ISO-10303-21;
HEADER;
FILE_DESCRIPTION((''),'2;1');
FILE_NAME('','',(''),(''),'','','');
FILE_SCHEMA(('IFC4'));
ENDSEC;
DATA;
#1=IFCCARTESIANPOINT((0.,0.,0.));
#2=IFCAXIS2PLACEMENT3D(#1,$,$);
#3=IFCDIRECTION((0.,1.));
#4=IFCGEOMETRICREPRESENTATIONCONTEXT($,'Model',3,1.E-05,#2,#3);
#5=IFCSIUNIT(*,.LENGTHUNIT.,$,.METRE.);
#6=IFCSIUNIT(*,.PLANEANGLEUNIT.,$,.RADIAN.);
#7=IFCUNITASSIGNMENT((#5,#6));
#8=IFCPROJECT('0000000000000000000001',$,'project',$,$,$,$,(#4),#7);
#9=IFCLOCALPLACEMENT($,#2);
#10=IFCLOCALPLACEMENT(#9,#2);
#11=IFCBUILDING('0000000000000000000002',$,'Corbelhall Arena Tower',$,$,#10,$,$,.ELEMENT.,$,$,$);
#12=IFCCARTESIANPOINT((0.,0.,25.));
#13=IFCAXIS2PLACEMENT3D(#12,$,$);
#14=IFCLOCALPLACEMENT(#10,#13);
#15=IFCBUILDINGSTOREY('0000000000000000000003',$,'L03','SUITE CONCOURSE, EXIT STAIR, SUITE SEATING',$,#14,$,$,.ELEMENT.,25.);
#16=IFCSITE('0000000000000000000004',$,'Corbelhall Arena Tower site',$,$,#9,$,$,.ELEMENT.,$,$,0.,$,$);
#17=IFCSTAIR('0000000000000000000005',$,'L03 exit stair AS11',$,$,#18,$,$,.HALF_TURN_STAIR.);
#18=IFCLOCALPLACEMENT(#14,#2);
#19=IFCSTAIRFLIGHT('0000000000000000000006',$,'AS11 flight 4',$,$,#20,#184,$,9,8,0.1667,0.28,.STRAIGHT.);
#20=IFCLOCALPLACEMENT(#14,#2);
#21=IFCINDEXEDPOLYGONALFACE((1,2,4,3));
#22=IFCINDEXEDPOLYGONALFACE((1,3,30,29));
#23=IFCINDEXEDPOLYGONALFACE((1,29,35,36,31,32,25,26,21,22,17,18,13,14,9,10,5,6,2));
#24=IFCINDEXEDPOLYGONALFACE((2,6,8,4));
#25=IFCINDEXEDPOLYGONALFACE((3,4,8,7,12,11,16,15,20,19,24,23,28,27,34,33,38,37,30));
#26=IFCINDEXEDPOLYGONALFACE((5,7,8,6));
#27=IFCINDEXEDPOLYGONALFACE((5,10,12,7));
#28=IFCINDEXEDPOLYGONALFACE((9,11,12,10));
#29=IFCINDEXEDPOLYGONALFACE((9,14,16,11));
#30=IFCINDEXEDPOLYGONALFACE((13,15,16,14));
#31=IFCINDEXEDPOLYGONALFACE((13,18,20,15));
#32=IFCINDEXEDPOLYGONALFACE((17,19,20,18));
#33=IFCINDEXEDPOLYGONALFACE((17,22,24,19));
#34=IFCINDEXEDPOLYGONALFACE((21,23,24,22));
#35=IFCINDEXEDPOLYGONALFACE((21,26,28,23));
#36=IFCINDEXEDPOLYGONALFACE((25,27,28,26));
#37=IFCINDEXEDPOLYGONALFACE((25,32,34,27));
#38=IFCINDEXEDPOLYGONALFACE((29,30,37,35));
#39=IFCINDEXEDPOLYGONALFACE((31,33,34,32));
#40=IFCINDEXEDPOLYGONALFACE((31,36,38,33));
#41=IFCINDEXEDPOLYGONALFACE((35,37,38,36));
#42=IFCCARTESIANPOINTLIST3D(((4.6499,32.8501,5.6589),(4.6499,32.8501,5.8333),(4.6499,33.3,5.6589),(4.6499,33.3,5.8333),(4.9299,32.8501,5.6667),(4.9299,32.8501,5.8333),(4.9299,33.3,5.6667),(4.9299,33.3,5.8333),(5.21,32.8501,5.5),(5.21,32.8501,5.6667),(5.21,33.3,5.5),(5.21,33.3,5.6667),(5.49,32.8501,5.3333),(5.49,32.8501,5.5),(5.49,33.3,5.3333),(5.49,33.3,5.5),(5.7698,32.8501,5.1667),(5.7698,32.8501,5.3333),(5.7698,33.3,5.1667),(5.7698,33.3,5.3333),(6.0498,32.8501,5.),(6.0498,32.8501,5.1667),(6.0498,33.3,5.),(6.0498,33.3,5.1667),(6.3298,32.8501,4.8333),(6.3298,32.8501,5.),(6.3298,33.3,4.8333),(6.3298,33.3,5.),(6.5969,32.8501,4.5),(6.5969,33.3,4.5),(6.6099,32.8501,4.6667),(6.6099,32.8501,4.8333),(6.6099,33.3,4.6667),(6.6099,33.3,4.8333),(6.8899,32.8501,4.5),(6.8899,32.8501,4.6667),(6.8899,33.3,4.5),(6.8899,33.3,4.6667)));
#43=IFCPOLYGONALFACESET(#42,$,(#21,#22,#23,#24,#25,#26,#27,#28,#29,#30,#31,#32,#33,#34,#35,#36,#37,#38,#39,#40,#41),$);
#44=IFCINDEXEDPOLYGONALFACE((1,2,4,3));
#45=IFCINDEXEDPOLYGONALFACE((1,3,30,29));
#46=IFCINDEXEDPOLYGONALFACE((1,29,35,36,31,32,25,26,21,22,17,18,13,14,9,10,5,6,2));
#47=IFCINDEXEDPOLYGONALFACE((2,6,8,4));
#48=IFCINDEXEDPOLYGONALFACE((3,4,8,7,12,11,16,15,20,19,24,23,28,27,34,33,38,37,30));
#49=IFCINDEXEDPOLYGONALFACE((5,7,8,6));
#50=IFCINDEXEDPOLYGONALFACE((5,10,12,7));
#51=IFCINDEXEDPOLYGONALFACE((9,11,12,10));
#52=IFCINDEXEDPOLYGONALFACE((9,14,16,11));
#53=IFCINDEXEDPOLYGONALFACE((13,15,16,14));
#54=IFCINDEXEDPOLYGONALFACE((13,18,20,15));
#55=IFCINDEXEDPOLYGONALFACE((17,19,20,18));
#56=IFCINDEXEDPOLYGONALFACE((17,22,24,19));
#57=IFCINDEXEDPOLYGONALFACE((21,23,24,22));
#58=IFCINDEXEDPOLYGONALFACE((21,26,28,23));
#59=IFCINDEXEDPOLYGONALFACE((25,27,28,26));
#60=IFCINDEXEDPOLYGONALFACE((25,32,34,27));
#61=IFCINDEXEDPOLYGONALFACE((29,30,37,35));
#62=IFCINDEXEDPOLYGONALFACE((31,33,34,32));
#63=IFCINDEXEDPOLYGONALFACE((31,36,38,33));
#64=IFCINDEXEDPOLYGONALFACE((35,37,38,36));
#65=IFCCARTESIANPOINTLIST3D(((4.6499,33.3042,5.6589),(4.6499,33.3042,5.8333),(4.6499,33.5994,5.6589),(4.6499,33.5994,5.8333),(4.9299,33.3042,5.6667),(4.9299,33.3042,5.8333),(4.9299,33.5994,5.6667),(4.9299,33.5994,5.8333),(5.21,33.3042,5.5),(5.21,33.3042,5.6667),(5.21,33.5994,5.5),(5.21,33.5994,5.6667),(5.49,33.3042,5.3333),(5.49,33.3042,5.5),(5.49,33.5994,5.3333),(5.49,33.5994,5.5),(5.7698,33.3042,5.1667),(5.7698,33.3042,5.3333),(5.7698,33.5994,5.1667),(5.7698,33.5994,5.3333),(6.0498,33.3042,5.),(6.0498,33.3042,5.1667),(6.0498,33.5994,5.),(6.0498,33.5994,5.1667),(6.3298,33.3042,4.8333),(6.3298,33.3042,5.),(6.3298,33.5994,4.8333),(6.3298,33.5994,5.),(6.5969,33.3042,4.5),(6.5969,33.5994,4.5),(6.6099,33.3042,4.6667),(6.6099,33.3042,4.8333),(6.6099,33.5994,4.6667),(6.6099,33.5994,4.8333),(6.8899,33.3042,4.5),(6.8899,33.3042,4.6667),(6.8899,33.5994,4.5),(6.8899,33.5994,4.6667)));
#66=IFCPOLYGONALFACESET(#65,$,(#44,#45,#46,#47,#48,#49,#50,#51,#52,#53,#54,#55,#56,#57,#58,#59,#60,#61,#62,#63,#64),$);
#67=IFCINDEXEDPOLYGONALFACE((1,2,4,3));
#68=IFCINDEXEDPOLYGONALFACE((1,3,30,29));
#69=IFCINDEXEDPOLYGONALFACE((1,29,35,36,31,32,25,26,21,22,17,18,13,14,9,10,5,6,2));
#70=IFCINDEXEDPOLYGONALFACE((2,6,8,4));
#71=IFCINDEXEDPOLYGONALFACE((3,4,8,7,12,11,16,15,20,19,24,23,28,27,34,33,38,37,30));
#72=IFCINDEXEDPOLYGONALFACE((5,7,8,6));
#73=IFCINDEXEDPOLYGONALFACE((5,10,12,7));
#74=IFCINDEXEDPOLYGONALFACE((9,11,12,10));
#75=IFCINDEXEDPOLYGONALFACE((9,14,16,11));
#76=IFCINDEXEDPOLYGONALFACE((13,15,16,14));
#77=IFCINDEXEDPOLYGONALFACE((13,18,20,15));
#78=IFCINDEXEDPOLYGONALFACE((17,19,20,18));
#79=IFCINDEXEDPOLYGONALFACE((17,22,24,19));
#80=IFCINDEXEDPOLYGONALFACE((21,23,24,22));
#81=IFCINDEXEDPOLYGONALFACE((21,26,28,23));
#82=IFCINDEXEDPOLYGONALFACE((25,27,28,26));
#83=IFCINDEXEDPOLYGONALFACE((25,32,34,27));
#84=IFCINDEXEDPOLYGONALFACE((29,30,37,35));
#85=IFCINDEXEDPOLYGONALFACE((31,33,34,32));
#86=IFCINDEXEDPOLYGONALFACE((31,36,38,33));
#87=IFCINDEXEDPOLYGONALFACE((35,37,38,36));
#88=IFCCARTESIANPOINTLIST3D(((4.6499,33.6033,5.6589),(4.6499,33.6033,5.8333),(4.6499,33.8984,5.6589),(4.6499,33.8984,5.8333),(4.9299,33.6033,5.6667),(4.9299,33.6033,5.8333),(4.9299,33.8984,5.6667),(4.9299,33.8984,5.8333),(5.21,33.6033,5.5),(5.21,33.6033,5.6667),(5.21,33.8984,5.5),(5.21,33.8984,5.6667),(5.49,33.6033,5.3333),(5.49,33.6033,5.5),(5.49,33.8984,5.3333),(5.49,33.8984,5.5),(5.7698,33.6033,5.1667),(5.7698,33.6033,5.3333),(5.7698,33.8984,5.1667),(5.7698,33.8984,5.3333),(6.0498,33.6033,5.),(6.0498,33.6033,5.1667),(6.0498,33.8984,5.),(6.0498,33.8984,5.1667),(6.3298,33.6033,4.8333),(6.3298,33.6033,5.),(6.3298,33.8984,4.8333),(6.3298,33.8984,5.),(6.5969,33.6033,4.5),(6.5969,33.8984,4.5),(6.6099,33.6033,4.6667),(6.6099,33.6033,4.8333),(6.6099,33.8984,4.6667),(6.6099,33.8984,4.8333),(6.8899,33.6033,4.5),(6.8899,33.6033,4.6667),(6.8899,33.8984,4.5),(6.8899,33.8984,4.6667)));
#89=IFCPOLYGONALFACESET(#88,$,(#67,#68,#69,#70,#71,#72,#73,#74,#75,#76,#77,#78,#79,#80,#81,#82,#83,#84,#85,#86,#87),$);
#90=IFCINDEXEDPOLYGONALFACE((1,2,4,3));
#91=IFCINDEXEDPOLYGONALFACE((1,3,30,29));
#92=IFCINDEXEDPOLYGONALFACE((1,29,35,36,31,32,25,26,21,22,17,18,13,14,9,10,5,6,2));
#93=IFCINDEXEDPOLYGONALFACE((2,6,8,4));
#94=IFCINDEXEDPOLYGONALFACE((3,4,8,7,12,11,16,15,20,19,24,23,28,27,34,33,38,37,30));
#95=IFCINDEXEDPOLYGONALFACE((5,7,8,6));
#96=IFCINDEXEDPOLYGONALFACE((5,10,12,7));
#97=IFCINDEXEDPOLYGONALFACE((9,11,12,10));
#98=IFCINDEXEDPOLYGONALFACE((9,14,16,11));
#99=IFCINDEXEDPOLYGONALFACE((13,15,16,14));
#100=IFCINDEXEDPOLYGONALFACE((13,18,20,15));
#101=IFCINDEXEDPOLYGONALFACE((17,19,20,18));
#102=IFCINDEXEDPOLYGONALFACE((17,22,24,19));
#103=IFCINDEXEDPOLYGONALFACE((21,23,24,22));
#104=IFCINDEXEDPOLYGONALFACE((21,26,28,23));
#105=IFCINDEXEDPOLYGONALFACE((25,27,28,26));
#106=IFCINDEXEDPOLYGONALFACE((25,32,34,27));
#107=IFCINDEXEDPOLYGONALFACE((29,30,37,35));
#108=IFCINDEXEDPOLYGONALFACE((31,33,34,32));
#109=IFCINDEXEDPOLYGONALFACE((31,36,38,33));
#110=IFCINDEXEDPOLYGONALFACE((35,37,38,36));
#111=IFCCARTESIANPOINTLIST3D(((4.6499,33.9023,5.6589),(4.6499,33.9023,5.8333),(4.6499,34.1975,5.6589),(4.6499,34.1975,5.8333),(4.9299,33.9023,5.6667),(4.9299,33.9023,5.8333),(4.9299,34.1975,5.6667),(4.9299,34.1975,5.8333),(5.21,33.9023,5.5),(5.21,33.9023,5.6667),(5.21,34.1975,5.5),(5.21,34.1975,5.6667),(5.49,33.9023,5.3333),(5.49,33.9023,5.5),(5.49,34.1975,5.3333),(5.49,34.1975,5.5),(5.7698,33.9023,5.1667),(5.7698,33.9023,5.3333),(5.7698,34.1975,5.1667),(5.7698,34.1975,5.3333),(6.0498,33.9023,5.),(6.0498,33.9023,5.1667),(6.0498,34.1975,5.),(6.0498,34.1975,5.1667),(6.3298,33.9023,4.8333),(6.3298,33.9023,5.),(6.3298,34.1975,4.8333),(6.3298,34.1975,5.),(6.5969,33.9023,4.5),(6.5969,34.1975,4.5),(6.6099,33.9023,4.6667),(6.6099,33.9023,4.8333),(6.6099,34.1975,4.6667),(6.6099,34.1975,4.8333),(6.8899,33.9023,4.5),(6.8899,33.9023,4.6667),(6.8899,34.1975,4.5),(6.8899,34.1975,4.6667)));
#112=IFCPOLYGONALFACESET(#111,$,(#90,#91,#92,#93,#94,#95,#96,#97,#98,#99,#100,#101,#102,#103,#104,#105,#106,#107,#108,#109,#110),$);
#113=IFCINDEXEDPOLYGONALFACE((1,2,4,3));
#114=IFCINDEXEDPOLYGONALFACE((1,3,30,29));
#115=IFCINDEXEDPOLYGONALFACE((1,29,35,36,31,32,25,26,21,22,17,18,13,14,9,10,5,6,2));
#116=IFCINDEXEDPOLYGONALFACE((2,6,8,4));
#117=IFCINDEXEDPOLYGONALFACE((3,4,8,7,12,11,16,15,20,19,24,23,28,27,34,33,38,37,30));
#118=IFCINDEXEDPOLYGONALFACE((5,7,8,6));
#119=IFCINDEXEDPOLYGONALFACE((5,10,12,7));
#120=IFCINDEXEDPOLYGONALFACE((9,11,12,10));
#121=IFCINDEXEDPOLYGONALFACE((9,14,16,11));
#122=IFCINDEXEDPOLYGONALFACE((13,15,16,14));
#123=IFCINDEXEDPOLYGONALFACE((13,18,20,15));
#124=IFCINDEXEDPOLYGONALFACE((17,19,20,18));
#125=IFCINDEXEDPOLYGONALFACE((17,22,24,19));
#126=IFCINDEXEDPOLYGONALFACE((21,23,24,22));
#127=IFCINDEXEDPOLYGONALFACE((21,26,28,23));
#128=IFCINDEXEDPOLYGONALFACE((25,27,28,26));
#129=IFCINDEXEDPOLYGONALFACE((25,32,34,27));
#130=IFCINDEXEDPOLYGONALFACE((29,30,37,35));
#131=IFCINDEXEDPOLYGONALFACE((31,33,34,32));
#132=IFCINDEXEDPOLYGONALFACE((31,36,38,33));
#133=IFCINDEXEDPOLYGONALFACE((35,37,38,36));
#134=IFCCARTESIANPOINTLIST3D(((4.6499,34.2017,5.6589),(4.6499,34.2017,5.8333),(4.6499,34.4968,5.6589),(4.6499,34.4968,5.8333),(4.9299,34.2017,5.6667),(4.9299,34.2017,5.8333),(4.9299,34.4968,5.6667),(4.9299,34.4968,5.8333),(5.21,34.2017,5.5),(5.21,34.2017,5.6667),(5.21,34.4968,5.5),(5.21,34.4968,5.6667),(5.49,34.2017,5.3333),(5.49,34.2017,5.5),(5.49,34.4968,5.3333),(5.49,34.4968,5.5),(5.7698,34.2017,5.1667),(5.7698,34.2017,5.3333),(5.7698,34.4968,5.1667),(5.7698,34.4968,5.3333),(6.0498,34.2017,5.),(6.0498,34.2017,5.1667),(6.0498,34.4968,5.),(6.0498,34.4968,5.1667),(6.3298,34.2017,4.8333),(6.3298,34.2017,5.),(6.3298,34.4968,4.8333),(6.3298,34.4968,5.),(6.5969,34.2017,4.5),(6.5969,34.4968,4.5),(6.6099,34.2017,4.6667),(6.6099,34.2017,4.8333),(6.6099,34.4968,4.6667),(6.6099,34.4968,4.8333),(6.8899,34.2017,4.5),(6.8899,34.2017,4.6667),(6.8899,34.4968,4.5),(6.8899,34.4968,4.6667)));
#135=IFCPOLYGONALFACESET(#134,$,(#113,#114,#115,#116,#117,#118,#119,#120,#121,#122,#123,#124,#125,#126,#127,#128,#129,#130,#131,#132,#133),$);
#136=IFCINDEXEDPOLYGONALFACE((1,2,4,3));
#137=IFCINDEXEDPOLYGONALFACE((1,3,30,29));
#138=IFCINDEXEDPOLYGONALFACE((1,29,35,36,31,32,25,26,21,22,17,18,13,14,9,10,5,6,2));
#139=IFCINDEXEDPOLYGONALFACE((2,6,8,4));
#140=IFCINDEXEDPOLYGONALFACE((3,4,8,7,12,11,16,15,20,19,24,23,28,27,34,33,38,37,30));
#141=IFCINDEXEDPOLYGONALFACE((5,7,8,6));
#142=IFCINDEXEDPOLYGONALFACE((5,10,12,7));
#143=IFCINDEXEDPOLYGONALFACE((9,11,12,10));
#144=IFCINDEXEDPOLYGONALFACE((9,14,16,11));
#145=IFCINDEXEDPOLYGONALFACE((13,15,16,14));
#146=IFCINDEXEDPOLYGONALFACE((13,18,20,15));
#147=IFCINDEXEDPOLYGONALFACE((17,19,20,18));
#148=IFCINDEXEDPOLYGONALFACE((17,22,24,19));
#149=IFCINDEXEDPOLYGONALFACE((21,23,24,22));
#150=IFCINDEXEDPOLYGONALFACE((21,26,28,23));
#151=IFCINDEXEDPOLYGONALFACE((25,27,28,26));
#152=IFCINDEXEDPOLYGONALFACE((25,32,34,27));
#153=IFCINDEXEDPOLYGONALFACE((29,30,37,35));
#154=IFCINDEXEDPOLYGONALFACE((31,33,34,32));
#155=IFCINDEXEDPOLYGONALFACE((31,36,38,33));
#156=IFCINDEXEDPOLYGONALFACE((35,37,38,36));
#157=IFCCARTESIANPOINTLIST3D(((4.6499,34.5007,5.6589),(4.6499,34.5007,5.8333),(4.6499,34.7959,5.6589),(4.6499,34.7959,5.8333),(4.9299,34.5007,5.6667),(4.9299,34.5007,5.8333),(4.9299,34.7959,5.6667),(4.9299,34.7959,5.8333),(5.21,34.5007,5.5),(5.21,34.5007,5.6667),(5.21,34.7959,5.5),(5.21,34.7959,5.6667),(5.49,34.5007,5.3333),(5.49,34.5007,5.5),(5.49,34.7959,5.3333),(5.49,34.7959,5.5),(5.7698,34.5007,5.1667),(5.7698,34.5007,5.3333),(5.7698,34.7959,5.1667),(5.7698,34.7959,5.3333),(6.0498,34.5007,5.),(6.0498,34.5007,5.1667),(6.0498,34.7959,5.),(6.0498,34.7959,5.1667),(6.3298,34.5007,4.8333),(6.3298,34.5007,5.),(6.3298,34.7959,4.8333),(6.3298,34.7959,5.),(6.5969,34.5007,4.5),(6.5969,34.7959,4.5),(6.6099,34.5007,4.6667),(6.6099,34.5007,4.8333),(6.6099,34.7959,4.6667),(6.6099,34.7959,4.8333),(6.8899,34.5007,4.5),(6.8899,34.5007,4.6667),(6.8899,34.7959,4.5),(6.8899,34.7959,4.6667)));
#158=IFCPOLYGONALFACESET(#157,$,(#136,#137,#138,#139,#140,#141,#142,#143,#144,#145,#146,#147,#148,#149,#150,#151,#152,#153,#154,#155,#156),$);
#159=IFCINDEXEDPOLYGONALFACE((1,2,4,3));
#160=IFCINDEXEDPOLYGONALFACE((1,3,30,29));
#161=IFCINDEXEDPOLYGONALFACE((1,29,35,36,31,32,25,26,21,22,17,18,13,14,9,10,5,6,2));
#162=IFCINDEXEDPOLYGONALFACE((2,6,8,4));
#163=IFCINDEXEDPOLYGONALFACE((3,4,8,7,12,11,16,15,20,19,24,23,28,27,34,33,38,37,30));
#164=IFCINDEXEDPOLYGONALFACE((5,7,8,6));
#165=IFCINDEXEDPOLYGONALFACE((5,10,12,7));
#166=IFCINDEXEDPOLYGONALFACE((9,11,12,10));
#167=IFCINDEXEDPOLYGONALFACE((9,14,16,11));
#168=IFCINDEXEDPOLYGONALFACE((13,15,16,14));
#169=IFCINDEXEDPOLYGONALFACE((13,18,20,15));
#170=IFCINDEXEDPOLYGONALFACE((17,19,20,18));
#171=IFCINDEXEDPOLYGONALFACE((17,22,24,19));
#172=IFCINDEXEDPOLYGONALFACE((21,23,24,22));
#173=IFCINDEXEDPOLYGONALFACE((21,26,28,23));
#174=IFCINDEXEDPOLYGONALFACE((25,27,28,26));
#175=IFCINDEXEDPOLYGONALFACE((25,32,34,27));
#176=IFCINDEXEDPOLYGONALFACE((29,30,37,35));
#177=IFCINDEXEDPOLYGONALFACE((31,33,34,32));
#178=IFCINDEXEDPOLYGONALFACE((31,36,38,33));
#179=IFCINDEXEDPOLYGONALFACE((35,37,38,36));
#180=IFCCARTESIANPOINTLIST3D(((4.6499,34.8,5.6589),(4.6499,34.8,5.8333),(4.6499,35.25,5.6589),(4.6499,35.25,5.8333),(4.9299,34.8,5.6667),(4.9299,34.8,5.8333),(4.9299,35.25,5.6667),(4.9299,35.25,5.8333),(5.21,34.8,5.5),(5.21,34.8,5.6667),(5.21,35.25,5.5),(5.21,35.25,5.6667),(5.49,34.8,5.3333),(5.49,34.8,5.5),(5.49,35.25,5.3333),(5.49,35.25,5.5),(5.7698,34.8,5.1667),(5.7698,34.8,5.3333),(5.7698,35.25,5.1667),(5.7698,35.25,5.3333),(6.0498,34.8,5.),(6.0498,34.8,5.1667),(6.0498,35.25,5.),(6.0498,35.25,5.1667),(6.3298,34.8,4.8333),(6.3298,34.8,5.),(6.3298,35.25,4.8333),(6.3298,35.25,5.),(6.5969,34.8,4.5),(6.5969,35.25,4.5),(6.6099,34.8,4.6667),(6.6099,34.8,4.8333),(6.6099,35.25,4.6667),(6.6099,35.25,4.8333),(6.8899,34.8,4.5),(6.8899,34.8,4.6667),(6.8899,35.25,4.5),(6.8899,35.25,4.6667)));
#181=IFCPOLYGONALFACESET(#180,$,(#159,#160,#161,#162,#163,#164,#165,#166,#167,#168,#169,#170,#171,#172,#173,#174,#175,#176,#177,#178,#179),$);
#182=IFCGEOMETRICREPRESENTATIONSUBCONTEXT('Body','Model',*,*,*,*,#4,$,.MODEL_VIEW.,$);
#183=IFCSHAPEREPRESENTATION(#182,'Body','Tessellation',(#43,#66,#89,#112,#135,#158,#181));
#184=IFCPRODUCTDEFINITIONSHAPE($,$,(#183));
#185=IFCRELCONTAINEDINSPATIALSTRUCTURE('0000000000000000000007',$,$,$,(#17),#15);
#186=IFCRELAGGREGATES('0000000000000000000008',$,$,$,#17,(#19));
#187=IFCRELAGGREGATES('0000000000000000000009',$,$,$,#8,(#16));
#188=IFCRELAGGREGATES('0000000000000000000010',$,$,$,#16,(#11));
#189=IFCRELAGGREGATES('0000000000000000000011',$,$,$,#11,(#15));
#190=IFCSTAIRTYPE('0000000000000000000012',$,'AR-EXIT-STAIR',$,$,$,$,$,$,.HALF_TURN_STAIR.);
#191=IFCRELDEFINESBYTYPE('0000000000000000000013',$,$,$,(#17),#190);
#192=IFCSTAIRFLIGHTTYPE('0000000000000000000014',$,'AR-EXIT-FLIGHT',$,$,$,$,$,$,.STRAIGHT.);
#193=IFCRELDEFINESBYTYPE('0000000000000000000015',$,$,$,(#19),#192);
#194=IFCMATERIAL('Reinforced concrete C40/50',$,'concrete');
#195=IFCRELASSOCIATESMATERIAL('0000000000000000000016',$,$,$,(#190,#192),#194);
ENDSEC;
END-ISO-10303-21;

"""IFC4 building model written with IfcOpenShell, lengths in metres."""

from ifc_helpers import new_model, si_unit, direction, frame, origin, place, context, subcontext, project, spatial, polyline, outline, extrude, material, type_object, element, aggregate, save


model = new_model("IFC4")

# Units and contexts
model_context = context("Model", 3, precision=1e-05, world=origin(), true_north=direction((0.0, 1.0)))
body_context = subcontext(model_context, "Body", "Model", "MODEL_VIEW")
ifc_project = project(units=[si_unit("LENGTHUNIT", "METRE"), si_unit("PLANEANGLEUNIT", "RADIAN")], contexts=[model_context])

# Site, building, storey
site_placement = place(None, origin())
site = spatial("IfcSite", under=ifc_project, at=site_placement, Name="Corbelhall Arena Tower site", CompositionType="ELEMENT", RefElevation=0.0)
building_placement = place(site_placement, origin())
building = spatial("IfcBuilding", under=site, at=building_placement, Name="Corbelhall Arena Tower", CompositionType="ELEMENT")
storey_placement = place(building_placement, frame((0.0, 0.0, 25.0)))
storey = spatial("IfcBuildingStorey", under=building, at=storey_placement, Name="L03", Description="SUITE CONCOURSE, EXIT STAIR, SUITE SEATING", CompositionType="ELEMENT", Elevation=25.0)

# Shared definitions
ifc_material_1 = material(Name="Reinforced concrete C40/50", Category="concrete")

# Stair, stair flight
stair_type = type_object("IfcStairType", Name="AR-EXIT-STAIR", PredefinedType="HALF_TURN_STAIR", material=ifc_material_1)
stair_1_placement = place(storey_placement, origin())
stair_1 = element("IfcStair", 1, at=stair_1_placement, inside=storey, type_object=stair_type, Name="L03 exit stair AS11", PredefinedType="HALF_TURN_STAIR")
stair_flight_type = type_object("IfcStairFlightType", Name="AR-EXIT-FLIGHT", PredefinedType="STRAIGHT", material=ifc_material_1)
stair_flight_1_placement = place(storey_placement, frame((6.8899, 34.05, 4.5), z_axis=(0.0, 0.0, 1.0), x_axis=(-1.0, 0.0, 0.0)))
stair_flight_1 = element("IfcStairFlight", 2, at=stair_flight_1_placement, type_object=stair_flight_type, Name="AS11 flight 4", NumberOfRisers=9, NumberOfTreads=8, PredefinedType="STRAIGHT", RiserHeight=0.1667, TreadLength=0.28, context=body_context, shape_type="SweptSolid", body=[
    extrude(outline(polyline([(0.0, 0.0), (0.0, 0.1667), (0.28, 0.1667), (0.28, 0.3333), (0.5601, 0.3333), (0.5601, 0.5), (0.8401, 0.5), (0.8401, 0.6667), (1.1201, 0.6667), (1.1201, 0.8333), (1.3999, 0.8333), (1.3999, 1.0), (1.6799, 1.0), (1.6799, 1.1667), (1.96, 1.1667), (1.96, 1.3333), (2.24, 1.3333), (2.24, 1.5), (2.24, 1.1589), (0.293, 0.0), (0.0, 0.0)])), frame((0.0, 1.2, 0.0), z_axis=(0.0, -1.0, 0.0), x_axis=(1.0, 0.0, 0.0)), (0.0, 0.0, 1.0), 0.45),
    extrude(outline(polyline([(0.0, 0.0), (0.0, 0.1667), (0.28, 0.1667), (0.28, 0.3333), (0.5601, 0.3333), (0.5601, 0.5), (0.8401, 0.5), (0.8401, 0.6667), (1.1201, 0.6667), (1.1201, 0.8333), (1.3999, 0.8333), (1.3999, 1.0), (1.6799, 1.0), (1.6799, 1.1667), (1.96, 1.1667), (1.96, 1.3333), (2.24, 1.3333), (2.24, 1.5), (2.24, 1.1589), (0.293, 0.0), (0.0, 0.0)])), frame((0.0, 0.7458, 0.0), z_axis=(0.0, -1.0, 0.0), x_axis=(1.0, 0.0, 0.0)), (0.0, 0.0, 1.0), 0.2952),
    extrude(outline(polyline([(0.0, 0.0), (0.0, 0.1667), (0.28, 0.1667), (0.28, 0.3333), (0.5601, 0.3333), (0.5601, 0.5), (0.8401, 0.5), (0.8401, 0.6667), (1.1201, 0.6667), (1.1201, 0.8333), (1.3999, 0.8333), (1.3999, 1.0), (1.6799, 1.0), (1.6799, 1.1667), (1.96, 1.1667), (1.96, 1.3333), (2.24, 1.3333), (2.24, 1.5), (2.24, 1.1589), (0.293, 0.0), (0.0, 0.0)])), frame((0.0, 0.4468, 0.0), z_axis=(0.0, -1.0, 0.0), x_axis=(1.0, 0.0, 0.0)), (0.0, 0.0, 1.0), 0.2952),
    extrude(outline(polyline([(0.0, 0.0), (0.0, 0.1667), (0.28, 0.1667), (0.28, 0.3333), (0.5601, 0.3333), (0.5601, 0.5), (0.8401, 0.5), (0.8401, 0.6667), (1.1201, 0.6667), (1.1201, 0.8333), (1.3999, 0.8333), (1.3999, 1.0), (1.6799, 1.0), (1.6799, 1.1667), (1.96, 1.1667), (1.96, 1.3333), (2.24, 1.3333), (2.24, 1.5), (2.24, 1.1589), (0.293, 0.0), (0.0, 0.0)])), frame((0.0, 0.1477, 0.0), z_axis=(0.0, -1.0, 0.0), x_axis=(1.0, 0.0, 0.0)), (0.0, 0.0, 1.0), 0.2952),
    extrude(outline(polyline([(0.0, 0.0), (0.0, 0.1667), (0.28, 0.1667), (0.28, 0.3333), (0.5601, 0.3333), (0.5601, 0.5), (0.8401, 0.5), (0.8401, 0.6667), (1.1201, 0.6667), (1.1201, 0.8333), (1.3999, 0.8333), (1.3999, 1.0), (1.6799, 1.0), (1.6799, 1.1667), (1.96, 1.1667), (1.96, 1.3333), (2.24, 1.3333), (2.24, 1.5), (2.24, 1.1589), (0.293, 0.0), (0.0, 0.0)])), frame((0.0, -0.1516, 0.0), z_axis=(0.0, -1.0, 0.0), x_axis=(1.0, 0.0, 0.0)), (0.0, 0.0, 1.0), 0.2952),
    extrude(outline(polyline([(0.0, 0.0), (0.0, 0.1667), (0.28, 0.1667), (0.28, 0.3333), (0.5601, 0.3333), (0.5601, 0.5), (0.8401, 0.5), (0.8401, 0.6667), (1.1201, 0.6667), (1.1201, 0.8333), (1.3999, 0.8333), (1.3999, 1.0), (1.6799, 1.0), (1.6799, 1.1667), (1.96, 1.1667), (1.96, 1.3333), (2.24, 1.3333), (2.24, 1.5), (2.24, 1.1589), (0.293, 0.0), (0.0, 0.0)])), frame((0.0, -0.4507, 0.0), z_axis=(0.0, -1.0, 0.0), x_axis=(1.0, 0.0, 0.0)), (0.0, 0.0, 1.0), 0.2952),
    extrude(outline(polyline([(0.0, 0.0), (0.0, 0.1667), (0.28, 0.1667), (0.28, 0.3333), (0.5601, 0.3333), (0.5601, 0.5), (0.8401, 0.5), (0.8401, 0.6667), (1.1201, 0.6667), (1.1201, 0.8333), (1.3999, 0.8333), (1.3999, 1.0), (1.6799, 1.0), (1.6799, 1.1667), (1.96, 1.1667), (1.96, 1.3333), (2.24, 1.3333), (2.24, 1.5), (2.24, 1.1589), (0.293, 0.0), (0.0, 0.0)])), frame((0.0, -0.75, 0.0), z_axis=(0.0, -1.0, 0.0), x_axis=(1.0, 0.0, 0.0)), (0.0, 0.0, 1.0), 0.45),
])
aggregate(stair_1, [stair_flight_1])

save(model, "model.ifc")
